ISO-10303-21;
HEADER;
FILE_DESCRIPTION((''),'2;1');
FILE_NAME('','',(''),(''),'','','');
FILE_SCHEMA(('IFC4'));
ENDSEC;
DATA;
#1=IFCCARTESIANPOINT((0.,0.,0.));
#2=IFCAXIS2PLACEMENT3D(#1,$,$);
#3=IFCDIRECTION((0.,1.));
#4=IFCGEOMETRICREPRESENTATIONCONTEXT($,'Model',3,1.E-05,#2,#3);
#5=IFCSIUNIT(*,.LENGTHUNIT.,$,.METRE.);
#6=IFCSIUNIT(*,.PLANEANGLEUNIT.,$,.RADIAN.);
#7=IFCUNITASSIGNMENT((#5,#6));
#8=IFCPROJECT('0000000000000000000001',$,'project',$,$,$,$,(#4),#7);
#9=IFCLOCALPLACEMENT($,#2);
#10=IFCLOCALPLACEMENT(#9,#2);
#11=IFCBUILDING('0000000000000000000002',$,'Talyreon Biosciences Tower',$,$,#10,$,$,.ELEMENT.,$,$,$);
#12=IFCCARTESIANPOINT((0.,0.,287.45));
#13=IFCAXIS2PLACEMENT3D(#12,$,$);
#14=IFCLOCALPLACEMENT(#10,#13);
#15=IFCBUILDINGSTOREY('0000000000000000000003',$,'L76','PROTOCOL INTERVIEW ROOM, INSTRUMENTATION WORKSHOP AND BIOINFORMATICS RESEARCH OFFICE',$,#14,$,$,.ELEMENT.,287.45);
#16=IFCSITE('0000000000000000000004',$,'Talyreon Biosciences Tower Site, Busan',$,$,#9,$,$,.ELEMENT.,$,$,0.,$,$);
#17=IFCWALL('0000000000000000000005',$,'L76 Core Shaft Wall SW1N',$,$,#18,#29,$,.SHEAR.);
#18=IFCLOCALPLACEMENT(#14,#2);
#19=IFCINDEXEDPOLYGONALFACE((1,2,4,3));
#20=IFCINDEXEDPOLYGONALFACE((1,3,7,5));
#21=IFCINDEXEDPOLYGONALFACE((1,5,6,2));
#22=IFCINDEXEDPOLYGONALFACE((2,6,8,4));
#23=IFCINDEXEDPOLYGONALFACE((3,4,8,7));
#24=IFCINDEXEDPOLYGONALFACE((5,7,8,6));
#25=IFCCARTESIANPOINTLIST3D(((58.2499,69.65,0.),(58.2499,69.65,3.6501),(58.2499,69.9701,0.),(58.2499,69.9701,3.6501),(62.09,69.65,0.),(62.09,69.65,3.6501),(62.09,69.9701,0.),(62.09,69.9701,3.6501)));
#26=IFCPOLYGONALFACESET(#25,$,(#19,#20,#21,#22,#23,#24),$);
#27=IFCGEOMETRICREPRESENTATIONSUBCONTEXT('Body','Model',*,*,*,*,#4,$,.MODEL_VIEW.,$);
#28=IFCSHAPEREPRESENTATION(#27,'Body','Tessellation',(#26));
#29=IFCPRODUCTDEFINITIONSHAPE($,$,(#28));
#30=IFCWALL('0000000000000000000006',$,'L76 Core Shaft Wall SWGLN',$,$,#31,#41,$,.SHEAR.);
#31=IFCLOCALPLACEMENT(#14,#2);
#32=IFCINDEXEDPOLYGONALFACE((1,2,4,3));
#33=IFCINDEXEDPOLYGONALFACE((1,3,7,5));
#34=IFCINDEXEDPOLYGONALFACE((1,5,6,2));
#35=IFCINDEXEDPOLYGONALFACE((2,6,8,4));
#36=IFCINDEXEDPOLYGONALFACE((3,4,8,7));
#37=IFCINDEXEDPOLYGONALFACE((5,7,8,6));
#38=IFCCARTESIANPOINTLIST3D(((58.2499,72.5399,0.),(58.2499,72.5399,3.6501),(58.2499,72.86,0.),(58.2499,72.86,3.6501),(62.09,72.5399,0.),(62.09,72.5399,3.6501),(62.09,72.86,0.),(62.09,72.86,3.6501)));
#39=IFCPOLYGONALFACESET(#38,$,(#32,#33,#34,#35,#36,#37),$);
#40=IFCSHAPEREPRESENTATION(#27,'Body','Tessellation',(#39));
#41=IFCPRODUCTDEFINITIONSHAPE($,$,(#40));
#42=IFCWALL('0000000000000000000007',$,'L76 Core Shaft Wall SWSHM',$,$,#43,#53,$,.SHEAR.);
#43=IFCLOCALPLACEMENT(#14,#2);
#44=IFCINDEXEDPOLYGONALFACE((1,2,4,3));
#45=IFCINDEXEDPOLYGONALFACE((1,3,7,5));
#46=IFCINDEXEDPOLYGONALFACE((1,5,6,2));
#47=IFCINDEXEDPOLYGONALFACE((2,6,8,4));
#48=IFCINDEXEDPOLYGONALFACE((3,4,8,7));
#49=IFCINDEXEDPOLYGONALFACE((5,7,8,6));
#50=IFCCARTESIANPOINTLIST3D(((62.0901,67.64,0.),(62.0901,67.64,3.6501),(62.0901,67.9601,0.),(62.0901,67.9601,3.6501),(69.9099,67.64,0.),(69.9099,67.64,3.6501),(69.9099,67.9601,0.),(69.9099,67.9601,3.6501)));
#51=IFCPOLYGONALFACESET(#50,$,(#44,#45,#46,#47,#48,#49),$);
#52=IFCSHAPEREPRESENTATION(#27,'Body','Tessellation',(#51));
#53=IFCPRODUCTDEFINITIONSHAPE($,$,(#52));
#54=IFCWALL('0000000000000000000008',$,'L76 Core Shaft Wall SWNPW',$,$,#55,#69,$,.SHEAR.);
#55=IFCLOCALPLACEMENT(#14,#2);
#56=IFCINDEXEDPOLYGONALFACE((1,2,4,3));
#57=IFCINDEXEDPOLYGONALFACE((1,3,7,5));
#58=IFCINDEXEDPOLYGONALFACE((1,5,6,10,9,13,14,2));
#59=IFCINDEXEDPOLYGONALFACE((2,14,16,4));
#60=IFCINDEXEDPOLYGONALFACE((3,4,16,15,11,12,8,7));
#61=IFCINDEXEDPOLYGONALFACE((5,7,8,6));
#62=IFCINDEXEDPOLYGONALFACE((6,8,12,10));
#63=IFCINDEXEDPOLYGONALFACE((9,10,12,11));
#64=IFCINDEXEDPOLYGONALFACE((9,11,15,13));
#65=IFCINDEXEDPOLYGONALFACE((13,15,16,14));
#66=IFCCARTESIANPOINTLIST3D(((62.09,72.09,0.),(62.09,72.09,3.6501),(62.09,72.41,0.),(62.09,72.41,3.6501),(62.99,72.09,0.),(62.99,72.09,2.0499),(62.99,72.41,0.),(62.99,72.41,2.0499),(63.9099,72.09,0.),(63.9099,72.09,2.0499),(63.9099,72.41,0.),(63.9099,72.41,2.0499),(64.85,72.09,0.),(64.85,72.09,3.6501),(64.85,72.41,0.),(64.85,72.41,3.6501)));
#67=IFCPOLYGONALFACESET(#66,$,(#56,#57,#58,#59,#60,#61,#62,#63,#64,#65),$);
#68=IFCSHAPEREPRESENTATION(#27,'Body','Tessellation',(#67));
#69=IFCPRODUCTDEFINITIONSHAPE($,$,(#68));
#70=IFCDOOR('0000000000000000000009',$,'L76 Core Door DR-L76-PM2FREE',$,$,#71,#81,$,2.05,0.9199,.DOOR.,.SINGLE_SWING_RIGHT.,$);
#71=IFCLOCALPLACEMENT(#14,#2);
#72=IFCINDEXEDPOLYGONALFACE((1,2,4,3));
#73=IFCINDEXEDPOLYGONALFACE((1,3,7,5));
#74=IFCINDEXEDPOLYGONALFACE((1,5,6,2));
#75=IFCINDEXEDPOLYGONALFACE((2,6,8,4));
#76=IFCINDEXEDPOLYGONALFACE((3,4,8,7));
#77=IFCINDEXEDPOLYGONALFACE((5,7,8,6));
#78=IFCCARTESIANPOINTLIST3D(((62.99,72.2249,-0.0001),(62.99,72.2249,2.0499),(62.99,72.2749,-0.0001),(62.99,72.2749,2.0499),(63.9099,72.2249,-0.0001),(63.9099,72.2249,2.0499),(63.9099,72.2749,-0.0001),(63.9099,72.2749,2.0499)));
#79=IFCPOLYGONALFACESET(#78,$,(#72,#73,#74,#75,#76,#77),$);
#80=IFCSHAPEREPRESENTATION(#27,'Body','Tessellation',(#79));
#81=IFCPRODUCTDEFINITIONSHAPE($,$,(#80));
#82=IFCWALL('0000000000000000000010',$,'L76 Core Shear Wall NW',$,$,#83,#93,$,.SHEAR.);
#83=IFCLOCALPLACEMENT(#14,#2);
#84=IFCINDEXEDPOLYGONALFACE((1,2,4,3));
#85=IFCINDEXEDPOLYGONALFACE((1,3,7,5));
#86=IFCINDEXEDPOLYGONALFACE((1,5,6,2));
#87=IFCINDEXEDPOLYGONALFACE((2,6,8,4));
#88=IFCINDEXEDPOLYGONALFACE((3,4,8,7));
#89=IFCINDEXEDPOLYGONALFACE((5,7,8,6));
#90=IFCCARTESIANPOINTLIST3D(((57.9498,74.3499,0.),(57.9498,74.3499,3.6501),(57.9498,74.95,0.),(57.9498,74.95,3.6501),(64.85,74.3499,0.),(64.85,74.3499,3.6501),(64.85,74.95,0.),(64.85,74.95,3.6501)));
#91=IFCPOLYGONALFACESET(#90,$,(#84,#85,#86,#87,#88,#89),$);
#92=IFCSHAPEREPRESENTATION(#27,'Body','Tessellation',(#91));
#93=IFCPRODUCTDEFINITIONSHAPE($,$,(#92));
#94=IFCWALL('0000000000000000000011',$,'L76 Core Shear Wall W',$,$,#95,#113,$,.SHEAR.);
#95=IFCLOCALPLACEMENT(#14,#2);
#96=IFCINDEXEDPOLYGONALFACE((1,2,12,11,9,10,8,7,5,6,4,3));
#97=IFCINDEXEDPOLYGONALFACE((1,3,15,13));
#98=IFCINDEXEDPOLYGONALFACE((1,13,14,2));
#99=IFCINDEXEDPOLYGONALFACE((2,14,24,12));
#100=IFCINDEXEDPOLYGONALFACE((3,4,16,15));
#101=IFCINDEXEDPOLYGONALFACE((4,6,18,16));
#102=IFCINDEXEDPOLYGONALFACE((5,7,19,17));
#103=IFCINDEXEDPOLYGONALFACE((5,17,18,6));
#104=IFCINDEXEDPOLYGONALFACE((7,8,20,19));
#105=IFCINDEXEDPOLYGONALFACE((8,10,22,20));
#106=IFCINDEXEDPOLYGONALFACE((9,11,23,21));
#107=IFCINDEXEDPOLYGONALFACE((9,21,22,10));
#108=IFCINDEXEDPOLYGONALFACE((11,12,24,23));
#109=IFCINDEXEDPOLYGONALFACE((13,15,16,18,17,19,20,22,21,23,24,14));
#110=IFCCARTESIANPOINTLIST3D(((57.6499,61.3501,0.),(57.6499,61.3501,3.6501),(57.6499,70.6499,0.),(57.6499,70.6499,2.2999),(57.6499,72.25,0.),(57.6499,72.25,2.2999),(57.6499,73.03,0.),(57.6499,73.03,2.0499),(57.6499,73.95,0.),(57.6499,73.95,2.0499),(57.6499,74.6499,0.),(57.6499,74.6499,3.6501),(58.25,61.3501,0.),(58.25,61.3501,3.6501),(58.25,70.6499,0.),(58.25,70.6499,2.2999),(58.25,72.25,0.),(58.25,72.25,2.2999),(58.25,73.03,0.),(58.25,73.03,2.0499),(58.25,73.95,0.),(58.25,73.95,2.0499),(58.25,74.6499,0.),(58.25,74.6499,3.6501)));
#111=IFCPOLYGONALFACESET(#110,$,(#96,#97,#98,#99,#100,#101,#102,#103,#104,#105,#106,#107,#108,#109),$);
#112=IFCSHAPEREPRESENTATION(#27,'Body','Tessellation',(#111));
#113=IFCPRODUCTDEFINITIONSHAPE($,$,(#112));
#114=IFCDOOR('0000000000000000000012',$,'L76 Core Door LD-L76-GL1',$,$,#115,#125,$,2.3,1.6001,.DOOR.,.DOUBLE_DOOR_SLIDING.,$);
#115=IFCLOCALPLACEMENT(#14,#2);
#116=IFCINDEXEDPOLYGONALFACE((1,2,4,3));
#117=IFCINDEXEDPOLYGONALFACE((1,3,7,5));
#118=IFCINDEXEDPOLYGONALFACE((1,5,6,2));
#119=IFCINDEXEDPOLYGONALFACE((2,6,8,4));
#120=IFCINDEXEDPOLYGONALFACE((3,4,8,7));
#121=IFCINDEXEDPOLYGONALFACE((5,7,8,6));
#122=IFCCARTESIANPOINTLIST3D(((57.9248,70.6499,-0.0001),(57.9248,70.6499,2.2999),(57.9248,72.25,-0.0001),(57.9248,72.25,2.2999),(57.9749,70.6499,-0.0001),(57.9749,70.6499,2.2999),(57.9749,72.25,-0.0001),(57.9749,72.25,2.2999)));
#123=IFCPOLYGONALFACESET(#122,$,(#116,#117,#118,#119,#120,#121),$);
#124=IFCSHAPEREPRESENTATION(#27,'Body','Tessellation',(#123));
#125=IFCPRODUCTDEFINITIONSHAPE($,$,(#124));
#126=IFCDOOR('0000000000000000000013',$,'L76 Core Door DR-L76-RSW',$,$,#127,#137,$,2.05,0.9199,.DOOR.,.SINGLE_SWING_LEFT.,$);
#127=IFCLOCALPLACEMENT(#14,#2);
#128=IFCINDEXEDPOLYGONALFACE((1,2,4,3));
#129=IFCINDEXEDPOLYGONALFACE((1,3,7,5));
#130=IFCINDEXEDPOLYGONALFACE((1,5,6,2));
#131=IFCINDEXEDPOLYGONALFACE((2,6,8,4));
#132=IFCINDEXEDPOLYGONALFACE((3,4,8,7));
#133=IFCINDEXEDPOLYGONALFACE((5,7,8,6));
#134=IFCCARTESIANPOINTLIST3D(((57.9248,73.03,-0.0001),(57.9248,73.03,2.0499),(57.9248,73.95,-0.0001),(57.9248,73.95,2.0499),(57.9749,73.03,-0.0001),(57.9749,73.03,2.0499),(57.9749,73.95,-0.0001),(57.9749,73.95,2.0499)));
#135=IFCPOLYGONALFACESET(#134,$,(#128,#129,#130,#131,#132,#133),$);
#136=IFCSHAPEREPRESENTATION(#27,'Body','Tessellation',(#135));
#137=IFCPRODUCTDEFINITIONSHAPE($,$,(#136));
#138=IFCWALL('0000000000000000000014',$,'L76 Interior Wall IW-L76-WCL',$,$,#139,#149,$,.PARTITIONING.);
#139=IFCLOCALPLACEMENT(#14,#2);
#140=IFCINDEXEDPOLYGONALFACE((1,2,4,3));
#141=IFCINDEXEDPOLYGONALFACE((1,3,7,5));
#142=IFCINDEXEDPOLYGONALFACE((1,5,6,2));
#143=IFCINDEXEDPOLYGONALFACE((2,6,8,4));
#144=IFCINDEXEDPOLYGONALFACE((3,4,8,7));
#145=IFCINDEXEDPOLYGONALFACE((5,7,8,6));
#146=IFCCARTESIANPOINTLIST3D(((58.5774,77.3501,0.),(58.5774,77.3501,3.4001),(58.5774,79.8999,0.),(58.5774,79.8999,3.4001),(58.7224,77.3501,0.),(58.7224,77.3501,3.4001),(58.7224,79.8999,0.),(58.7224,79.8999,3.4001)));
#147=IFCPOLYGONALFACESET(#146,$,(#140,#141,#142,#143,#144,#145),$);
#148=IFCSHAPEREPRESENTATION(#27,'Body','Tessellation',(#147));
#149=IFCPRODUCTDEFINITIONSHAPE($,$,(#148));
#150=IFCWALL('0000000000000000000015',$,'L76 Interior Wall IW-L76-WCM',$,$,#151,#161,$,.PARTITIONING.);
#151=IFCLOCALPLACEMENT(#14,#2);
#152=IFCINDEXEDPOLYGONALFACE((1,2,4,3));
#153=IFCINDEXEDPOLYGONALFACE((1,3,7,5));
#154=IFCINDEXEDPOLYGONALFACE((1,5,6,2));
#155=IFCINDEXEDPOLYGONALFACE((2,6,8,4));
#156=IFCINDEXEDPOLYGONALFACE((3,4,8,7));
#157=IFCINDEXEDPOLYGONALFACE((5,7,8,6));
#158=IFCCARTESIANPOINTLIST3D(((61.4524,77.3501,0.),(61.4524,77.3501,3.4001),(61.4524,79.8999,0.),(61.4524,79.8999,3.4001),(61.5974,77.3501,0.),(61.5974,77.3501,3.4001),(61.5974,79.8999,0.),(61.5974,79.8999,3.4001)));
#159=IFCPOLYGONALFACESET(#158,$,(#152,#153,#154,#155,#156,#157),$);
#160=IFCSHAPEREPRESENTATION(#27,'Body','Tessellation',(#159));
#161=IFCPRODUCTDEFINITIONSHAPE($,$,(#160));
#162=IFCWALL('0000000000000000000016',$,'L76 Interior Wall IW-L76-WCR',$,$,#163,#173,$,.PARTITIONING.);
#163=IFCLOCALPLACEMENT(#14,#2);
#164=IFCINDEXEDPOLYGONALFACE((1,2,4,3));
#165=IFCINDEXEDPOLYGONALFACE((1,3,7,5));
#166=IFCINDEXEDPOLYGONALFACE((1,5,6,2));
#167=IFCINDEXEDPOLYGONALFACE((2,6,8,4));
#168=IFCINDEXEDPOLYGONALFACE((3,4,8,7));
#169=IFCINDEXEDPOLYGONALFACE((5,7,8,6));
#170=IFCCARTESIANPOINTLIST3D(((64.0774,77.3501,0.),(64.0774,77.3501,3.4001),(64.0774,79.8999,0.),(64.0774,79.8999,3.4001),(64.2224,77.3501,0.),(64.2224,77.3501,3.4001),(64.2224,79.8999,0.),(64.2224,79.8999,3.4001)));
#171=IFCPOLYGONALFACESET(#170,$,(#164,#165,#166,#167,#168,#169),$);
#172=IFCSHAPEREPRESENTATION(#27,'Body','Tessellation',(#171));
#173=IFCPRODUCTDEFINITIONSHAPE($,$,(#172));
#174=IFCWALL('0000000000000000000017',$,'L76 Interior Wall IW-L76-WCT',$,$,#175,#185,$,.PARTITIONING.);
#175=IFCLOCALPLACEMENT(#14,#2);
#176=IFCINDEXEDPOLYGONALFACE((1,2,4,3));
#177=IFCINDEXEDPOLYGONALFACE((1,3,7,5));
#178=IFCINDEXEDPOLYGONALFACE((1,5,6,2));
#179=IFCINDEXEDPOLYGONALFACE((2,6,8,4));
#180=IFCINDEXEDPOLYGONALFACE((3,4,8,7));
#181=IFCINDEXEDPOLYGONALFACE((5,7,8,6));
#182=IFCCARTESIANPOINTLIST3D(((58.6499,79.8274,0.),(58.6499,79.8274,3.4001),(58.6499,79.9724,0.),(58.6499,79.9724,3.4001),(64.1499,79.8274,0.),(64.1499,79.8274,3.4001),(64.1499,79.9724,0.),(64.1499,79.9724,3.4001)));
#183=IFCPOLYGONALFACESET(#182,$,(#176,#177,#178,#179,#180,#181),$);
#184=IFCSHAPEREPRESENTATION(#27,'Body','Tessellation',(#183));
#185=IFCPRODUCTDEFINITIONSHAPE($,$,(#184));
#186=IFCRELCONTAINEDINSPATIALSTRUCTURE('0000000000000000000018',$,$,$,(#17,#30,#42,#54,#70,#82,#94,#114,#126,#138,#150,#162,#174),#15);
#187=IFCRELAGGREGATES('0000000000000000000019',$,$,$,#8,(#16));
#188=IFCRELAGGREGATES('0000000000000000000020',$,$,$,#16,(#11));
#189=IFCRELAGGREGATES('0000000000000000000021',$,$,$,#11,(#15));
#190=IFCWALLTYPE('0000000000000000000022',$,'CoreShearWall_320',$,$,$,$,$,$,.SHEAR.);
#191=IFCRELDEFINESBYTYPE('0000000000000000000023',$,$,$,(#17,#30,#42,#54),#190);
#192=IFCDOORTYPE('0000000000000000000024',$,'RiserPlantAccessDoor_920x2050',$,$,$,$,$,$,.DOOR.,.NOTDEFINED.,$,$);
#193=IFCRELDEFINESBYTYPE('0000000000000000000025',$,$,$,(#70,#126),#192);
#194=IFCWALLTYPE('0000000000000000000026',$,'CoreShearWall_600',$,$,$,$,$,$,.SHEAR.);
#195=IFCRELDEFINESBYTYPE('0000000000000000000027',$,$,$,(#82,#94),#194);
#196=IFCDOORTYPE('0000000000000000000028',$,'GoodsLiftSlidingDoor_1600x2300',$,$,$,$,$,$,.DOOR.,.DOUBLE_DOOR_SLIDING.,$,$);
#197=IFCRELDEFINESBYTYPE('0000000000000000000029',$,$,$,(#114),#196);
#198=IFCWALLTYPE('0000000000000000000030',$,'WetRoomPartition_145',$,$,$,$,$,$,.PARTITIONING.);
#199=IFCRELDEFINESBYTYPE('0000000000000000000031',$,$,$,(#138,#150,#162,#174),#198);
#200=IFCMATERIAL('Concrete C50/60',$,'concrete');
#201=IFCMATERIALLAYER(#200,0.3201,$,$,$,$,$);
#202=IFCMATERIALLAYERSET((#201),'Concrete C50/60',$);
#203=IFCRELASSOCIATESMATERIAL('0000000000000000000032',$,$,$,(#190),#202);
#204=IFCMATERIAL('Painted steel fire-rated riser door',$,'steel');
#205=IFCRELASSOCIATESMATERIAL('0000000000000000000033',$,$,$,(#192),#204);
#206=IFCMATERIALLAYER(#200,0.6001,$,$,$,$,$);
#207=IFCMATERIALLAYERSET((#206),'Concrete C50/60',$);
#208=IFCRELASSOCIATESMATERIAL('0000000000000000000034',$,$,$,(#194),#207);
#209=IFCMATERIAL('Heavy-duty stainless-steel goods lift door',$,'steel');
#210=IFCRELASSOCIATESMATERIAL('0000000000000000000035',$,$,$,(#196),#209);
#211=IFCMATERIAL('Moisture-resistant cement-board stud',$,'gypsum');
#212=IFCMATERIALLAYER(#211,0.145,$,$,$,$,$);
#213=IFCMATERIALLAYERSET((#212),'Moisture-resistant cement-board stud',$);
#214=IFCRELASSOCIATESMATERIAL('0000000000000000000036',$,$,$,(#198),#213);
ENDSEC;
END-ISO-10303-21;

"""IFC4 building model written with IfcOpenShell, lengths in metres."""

from ifc_helpers import new_model, si_unit, direction, frame, frame_2d, origin, place, context, subcontext, project, spatial, rectangle, extrude, material, layer, layer_set, type_object, element, fill, save


model = new_model("IFC4")

# Units and contexts
model_context = context("Model", 3, precision=1e-05, world=origin(), true_north=direction((0.0, 1.0)))
body_context = subcontext(model_context, "Body", "Model", "MODEL_VIEW")
ifc_project = project(units=[si_unit("LENGTHUNIT", "METRE"), si_unit("PLANEANGLEUNIT", "RADIAN")], contexts=[model_context])

# Site, building, storey
site_placement = place(None, origin())
site = spatial("IfcSite", under=ifc_project, at=site_placement, Name="Talyreon Biosciences Tower Site, Busan", CompositionType="ELEMENT", RefElevation=0.0)
building_placement = place(site_placement, origin())
building = spatial("IfcBuilding", under=site, at=building_placement, Name="Talyreon Biosciences Tower", CompositionType="ELEMENT")
storey_placement = place(building_placement, frame((0.0, 0.0, 287.45)))
storey = spatial("IfcBuildingStorey", under=building, at=storey_placement, Name="L76", Description="PROTOCOL INTERVIEW ROOM, INSTRUMENTATION WORKSHOP AND BIOINFORMATICS RESEARCH OFFICE", CompositionType="ELEMENT", Elevation=287.45)

# Shared definitions
ifc_material_1 = material(Name="Concrete C50/60", Category="concrete")

# Walls
ifc_layer_1 = layer(ifc_material_1, 0.3201)
ifc_layer_set_1 = layer_set([ifc_layer_1], Name="Concrete C50/60")
wall_type_1 = type_object("IfcWallType", Name="CoreShearWall_320", PredefinedType="SHEAR", material=ifc_layer_set_1)
for number, where, z_axis, x_axis, name in (
    (1, (58.25, 69.8101, 0.0), (0.0, 0.0, 1.0), (1.0, 0.0, 0.0), "L76 Core Shaft Wall SW1N"),
    (2, (58.25, 72.7, 0.0), (0.0, 0.0, 1.0), (1.0, 0.0, 0.0), "L76 Core Shaft Wall SWGLN"),
):
    element("IfcWall", number, at=place(storey_placement, frame(where, z_axis=z_axis, x_axis=x_axis)), inside=storey, type_object=wall_type_1, Name=name, PredefinedType="SHEAR", context=body_context, shape_type="SweptSolid", body=[
        extrude(rectangle(XDim=3.8401, YDim=0.3201, at=frame_2d((1.9199, 0.0))), origin(), (0.0, 0.0, 1.0), 3.6501),
    ])
wall_1_placement = place(storey_placement, frame((62.0901, 67.8, 0.0), z_axis=(0.0, 0.0, 1.0), x_axis=(1.0, 0.0, 0.0)))
element("IfcWall", 3, at=wall_1_placement, inside=storey, type_object=wall_type_1, Name="L76 Core Shaft Wall SWSHM", PredefinedType="SHEAR", context=body_context, shape_type="SweptSolid", body=[
    extrude(rectangle(XDim=7.8198, YDim=0.3201, at=frame_2d((3.9099, 0.0))), origin(), (0.0, 0.0, 1.0), 3.6501),
])

# Wall, opening, door
wall_2_placement = place(storey_placement, frame((62.0901, 72.25, 0.0), z_axis=(0.0, 0.0, 1.0), x_axis=(1.0, 0.0, 0.0)))
wall_2 = element("IfcWall", 4, at=wall_2_placement, inside=storey, type_object=wall_type_1, Name="L76 Core Shaft Wall SWNPW", PredefinedType="SHEAR", context=body_context, shape_type="SweptSolid", body=[
    extrude(rectangle(XDim=2.76, YDim=0.3201, at=frame_2d((1.3799, 0.0))), origin(), (0.0, 0.0, 1.0), 3.6501),
])
opening_1_placement = place(wall_2_placement, frame((0.8999, 0.0, 0.0)))
opening_1 = element("IfcOpeningElement", 5, at=opening_1_placement, cuts=wall_2, PredefinedType="OPENING", context=body_context, shape_type="SweptSolid", body=[
    extrude(rectangle(XDim=0.9199, YDim=2.05, at=frame_2d((0.46, 1.0249))), frame((0.0, 0.1699, 0.0), z_axis=(0.0, -1.0, 0.0), x_axis=(1.0, 0.0, 0.0)), (0.0, 0.0, 1.0), 0.3401),
])
ifc_material_2 = material(Name="Painted steel fire-rated riser door", Category="steel")
door_type_1 = type_object("IfcDoorType", Name="RiserPlantAccessDoor_920x2050", OperationType="NOTDEFINED", PredefinedType="DOOR", material=ifc_material_2)
door_1_placement = place(opening_1_placement, origin())
door_1 = element("IfcDoor", 6, at=door_1_placement, inside=storey, type_object=door_type_1, Name="L76 Core Door DR-L76-PM2FREE", OperationType="SINGLE_SWING_RIGHT", OverallHeight=2.05, OverallWidth=0.9199, PredefinedType="DOOR", context=body_context, shape_type="SweptSolid", body=[
    extrude(rectangle(XDim=0.9199, YDim=2.05, at=frame_2d((0.46, 1.0249))), frame((0.0, 0.0249, 0.0), z_axis=(0.0, -1.0, 0.0), x_axis=(1.0, 0.0, 0.0)), (0.0, 0.0, 1.0), 0.05),
])
fill(opening_1, door_1)

# Wall
ifc_layer_2 = layer(ifc_material_1, 0.6001)
ifc_layer_set_2 = layer_set([ifc_layer_2], Name="Concrete C50/60")
wall_type_2 = type_object("IfcWallType", Name="CoreShearWall_600", PredefinedType="SHEAR", material=ifc_layer_set_2)
wall_3_placement = place(storey_placement, frame((64.8501, 74.6499, 0.0), z_axis=(0.0, 0.0, 1.0), x_axis=(-1.0, 0.0, 0.0)))
element("IfcWall", 7, at=wall_3_placement, inside=storey, type_object=wall_type_2, Name="L76 Core Shear Wall NW", PredefinedType="SHEAR", context=body_context, shape_type="SweptSolid", body=[
    extrude(rectangle(XDim=6.9001, YDim=0.6001, at=frame_2d((3.4502, 0.0))), origin(), (0.0, 0.0, 1.0), 3.6501),
])

# Wall, openings, doors
wall_4_placement = place(storey_placement, frame((57.95, 74.6499, 0.0), z_axis=(0.0, 0.0, 1.0), x_axis=(0.0, -1.0, 0.0)))
wall_4 = element("IfcWall", 8, at=wall_4_placement, inside=storey, type_object=wall_type_2, Name="L76 Core Shear Wall W", PredefinedType="SHEAR", context=body_context, shape_type="SweptSolid", body=[
    extrude(rectangle(XDim=13.2998, YDim=0.6001, at=frame_2d((6.6499, 0.0))), origin(), (0.0, 0.0, 1.0), 3.6501),
])
opening_2_placement = place(wall_4_placement, frame((0.7, 0.0, 0.0)))
opening_2 = element("IfcOpeningElement", 9, at=opening_2_placement, cuts=wall_4, PredefinedType="OPENING", context=body_context, shape_type="SweptSolid", body=[
    extrude(rectangle(XDim=0.9199, YDim=2.05, at=frame_2d((0.46, 1.0249))), frame((0.0, 0.3101, 0.0), z_axis=(0.0, -1.0, 0.0), x_axis=(1.0, 0.0, 0.0)), (0.0, 0.0, 1.0), 0.6201),
])
opening_3_placement = place(wall_4_placement, frame((2.3999, 0.0, 0.0)))
opening_3 = element("IfcOpeningElement", 10, at=opening_3_placement, cuts=wall_4, PredefinedType="OPENING", context=body_context, shape_type="SweptSolid", body=[
    extrude(rectangle(XDim=1.6001, YDim=2.3, at=frame_2d((0.8, 1.1499))), frame((0.0, 0.3101, 0.0), z_axis=(0.0, -1.0, 0.0), x_axis=(1.0, 0.0, 0.0)), (0.0, 0.0, 1.0), 0.6201),
])
ifc_material_3 = material(Name="Heavy-duty stainless-steel goods lift door", Category="steel")
door_type_2 = type_object("IfcDoorType", Name="GoodsLiftSlidingDoor_1600x2300", OperationType="DOUBLE_DOOR_SLIDING", PredefinedType="DOOR", material=ifc_material_3)
door_2_placement = place(opening_3_placement, origin())
door_2 = element("IfcDoor", 11, at=door_2_placement, inside=storey, type_object=door_type_2, Name="L76 Core Door LD-L76-GL1", OperationType="DOUBLE_DOOR_SLIDING", OverallHeight=2.3, OverallWidth=1.6001, PredefinedType="DOOR", context=body_context, shape_type="SweptSolid", body=[
    extrude(rectangle(XDim=1.6001, YDim=2.3, at=frame_2d((0.8, 1.1499))), frame((0.0, 0.0249, 0.0), z_axis=(0.0, -1.0, 0.0), x_axis=(1.0, 0.0, 0.0)), (0.0, 0.0, 1.0), 0.05),
])
fill(opening_3, door_2)
door_3_placement = place(opening_2_placement, origin())
door_3 = element("IfcDoor", 12, at=door_3_placement, inside=storey, type_object=door_type_1, Name="L76 Core Door DR-L76-RSW", OperationType="SINGLE_SWING_LEFT", OverallHeight=2.05, OverallWidth=0.9199, PredefinedType="DOOR", context=body_context, shape_type="SweptSolid", body=[
    extrude(rectangle(XDim=0.9199, YDim=2.05, at=frame_2d((0.46, 1.0249))), frame((0.0, 0.0249, 0.0), z_axis=(0.0, -1.0, 0.0), x_axis=(1.0, 0.0, 0.0)), (0.0, 0.0, 1.0), 0.05),
])
fill(opening_2, door_3)

# Walls
ifc_material_4 = material(Name="Moisture-resistant cement-board stud", Category="gypsum")
ifc_layer_3 = layer(ifc_material_4, 0.145)
ifc_layer_set_3 = layer_set([ifc_layer_3], Name="Moisture-resistant cement-board stud")
wall_type_3 = type_object("IfcWallType", Name="WetRoomPartition_145", PredefinedType="PARTITIONING", material=ifc_layer_set_3)
for number, where, z_axis, x_axis, name in (
    (13, (58.6499, 77.3501, 0.0), (0.0, 0.0, 1.0), (0.0, 1.0, 0.0), "L76 Interior Wall IW-L76-WCL"),
    (14, (61.5249, 77.3501, 0.0), (0.0, 0.0, 1.0), (0.0, 1.0, 0.0), "L76 Interior Wall IW-L76-WCM"),
    (15, (64.1499, 77.3501, 0.0), (0.0, 0.0, 1.0), (0.0, 1.0, 0.0), "L76 Interior Wall IW-L76-WCR"),
):
    element("IfcWall", number, at=place(storey_placement, frame(where, z_axis=z_axis, x_axis=x_axis)), inside=storey, type_object=wall_type_3, Name=name, PredefinedType="PARTITIONING", context=body_context, shape_type="SweptSolid", body=[
        extrude(rectangle(XDim=2.5498, YDim=0.145, at=frame_2d((1.2749, 0.0))), origin(), (0.0, 0.0, 1.0), 3.4001),
    ])
wall_5_placement = place(storey_placement, frame((58.6499, 79.8999, 0.0), z_axis=(0.0, 0.0, 1.0), x_axis=(1.0, 0.0, 0.0)))
element("IfcWall", 16, at=wall_5_placement, inside=storey, type_object=wall_type_3, Name="L76 Interior Wall IW-L76-WCT", PredefinedType="PARTITIONING", context=body_context, shape_type="SweptSolid", body=[
    extrude(rectangle(XDim=5.5, YDim=0.145, at=frame_2d((2.75, 0.0))), origin(), (0.0, 0.0, 1.0), 3.4001),
])

save(model, "model.ifc")
